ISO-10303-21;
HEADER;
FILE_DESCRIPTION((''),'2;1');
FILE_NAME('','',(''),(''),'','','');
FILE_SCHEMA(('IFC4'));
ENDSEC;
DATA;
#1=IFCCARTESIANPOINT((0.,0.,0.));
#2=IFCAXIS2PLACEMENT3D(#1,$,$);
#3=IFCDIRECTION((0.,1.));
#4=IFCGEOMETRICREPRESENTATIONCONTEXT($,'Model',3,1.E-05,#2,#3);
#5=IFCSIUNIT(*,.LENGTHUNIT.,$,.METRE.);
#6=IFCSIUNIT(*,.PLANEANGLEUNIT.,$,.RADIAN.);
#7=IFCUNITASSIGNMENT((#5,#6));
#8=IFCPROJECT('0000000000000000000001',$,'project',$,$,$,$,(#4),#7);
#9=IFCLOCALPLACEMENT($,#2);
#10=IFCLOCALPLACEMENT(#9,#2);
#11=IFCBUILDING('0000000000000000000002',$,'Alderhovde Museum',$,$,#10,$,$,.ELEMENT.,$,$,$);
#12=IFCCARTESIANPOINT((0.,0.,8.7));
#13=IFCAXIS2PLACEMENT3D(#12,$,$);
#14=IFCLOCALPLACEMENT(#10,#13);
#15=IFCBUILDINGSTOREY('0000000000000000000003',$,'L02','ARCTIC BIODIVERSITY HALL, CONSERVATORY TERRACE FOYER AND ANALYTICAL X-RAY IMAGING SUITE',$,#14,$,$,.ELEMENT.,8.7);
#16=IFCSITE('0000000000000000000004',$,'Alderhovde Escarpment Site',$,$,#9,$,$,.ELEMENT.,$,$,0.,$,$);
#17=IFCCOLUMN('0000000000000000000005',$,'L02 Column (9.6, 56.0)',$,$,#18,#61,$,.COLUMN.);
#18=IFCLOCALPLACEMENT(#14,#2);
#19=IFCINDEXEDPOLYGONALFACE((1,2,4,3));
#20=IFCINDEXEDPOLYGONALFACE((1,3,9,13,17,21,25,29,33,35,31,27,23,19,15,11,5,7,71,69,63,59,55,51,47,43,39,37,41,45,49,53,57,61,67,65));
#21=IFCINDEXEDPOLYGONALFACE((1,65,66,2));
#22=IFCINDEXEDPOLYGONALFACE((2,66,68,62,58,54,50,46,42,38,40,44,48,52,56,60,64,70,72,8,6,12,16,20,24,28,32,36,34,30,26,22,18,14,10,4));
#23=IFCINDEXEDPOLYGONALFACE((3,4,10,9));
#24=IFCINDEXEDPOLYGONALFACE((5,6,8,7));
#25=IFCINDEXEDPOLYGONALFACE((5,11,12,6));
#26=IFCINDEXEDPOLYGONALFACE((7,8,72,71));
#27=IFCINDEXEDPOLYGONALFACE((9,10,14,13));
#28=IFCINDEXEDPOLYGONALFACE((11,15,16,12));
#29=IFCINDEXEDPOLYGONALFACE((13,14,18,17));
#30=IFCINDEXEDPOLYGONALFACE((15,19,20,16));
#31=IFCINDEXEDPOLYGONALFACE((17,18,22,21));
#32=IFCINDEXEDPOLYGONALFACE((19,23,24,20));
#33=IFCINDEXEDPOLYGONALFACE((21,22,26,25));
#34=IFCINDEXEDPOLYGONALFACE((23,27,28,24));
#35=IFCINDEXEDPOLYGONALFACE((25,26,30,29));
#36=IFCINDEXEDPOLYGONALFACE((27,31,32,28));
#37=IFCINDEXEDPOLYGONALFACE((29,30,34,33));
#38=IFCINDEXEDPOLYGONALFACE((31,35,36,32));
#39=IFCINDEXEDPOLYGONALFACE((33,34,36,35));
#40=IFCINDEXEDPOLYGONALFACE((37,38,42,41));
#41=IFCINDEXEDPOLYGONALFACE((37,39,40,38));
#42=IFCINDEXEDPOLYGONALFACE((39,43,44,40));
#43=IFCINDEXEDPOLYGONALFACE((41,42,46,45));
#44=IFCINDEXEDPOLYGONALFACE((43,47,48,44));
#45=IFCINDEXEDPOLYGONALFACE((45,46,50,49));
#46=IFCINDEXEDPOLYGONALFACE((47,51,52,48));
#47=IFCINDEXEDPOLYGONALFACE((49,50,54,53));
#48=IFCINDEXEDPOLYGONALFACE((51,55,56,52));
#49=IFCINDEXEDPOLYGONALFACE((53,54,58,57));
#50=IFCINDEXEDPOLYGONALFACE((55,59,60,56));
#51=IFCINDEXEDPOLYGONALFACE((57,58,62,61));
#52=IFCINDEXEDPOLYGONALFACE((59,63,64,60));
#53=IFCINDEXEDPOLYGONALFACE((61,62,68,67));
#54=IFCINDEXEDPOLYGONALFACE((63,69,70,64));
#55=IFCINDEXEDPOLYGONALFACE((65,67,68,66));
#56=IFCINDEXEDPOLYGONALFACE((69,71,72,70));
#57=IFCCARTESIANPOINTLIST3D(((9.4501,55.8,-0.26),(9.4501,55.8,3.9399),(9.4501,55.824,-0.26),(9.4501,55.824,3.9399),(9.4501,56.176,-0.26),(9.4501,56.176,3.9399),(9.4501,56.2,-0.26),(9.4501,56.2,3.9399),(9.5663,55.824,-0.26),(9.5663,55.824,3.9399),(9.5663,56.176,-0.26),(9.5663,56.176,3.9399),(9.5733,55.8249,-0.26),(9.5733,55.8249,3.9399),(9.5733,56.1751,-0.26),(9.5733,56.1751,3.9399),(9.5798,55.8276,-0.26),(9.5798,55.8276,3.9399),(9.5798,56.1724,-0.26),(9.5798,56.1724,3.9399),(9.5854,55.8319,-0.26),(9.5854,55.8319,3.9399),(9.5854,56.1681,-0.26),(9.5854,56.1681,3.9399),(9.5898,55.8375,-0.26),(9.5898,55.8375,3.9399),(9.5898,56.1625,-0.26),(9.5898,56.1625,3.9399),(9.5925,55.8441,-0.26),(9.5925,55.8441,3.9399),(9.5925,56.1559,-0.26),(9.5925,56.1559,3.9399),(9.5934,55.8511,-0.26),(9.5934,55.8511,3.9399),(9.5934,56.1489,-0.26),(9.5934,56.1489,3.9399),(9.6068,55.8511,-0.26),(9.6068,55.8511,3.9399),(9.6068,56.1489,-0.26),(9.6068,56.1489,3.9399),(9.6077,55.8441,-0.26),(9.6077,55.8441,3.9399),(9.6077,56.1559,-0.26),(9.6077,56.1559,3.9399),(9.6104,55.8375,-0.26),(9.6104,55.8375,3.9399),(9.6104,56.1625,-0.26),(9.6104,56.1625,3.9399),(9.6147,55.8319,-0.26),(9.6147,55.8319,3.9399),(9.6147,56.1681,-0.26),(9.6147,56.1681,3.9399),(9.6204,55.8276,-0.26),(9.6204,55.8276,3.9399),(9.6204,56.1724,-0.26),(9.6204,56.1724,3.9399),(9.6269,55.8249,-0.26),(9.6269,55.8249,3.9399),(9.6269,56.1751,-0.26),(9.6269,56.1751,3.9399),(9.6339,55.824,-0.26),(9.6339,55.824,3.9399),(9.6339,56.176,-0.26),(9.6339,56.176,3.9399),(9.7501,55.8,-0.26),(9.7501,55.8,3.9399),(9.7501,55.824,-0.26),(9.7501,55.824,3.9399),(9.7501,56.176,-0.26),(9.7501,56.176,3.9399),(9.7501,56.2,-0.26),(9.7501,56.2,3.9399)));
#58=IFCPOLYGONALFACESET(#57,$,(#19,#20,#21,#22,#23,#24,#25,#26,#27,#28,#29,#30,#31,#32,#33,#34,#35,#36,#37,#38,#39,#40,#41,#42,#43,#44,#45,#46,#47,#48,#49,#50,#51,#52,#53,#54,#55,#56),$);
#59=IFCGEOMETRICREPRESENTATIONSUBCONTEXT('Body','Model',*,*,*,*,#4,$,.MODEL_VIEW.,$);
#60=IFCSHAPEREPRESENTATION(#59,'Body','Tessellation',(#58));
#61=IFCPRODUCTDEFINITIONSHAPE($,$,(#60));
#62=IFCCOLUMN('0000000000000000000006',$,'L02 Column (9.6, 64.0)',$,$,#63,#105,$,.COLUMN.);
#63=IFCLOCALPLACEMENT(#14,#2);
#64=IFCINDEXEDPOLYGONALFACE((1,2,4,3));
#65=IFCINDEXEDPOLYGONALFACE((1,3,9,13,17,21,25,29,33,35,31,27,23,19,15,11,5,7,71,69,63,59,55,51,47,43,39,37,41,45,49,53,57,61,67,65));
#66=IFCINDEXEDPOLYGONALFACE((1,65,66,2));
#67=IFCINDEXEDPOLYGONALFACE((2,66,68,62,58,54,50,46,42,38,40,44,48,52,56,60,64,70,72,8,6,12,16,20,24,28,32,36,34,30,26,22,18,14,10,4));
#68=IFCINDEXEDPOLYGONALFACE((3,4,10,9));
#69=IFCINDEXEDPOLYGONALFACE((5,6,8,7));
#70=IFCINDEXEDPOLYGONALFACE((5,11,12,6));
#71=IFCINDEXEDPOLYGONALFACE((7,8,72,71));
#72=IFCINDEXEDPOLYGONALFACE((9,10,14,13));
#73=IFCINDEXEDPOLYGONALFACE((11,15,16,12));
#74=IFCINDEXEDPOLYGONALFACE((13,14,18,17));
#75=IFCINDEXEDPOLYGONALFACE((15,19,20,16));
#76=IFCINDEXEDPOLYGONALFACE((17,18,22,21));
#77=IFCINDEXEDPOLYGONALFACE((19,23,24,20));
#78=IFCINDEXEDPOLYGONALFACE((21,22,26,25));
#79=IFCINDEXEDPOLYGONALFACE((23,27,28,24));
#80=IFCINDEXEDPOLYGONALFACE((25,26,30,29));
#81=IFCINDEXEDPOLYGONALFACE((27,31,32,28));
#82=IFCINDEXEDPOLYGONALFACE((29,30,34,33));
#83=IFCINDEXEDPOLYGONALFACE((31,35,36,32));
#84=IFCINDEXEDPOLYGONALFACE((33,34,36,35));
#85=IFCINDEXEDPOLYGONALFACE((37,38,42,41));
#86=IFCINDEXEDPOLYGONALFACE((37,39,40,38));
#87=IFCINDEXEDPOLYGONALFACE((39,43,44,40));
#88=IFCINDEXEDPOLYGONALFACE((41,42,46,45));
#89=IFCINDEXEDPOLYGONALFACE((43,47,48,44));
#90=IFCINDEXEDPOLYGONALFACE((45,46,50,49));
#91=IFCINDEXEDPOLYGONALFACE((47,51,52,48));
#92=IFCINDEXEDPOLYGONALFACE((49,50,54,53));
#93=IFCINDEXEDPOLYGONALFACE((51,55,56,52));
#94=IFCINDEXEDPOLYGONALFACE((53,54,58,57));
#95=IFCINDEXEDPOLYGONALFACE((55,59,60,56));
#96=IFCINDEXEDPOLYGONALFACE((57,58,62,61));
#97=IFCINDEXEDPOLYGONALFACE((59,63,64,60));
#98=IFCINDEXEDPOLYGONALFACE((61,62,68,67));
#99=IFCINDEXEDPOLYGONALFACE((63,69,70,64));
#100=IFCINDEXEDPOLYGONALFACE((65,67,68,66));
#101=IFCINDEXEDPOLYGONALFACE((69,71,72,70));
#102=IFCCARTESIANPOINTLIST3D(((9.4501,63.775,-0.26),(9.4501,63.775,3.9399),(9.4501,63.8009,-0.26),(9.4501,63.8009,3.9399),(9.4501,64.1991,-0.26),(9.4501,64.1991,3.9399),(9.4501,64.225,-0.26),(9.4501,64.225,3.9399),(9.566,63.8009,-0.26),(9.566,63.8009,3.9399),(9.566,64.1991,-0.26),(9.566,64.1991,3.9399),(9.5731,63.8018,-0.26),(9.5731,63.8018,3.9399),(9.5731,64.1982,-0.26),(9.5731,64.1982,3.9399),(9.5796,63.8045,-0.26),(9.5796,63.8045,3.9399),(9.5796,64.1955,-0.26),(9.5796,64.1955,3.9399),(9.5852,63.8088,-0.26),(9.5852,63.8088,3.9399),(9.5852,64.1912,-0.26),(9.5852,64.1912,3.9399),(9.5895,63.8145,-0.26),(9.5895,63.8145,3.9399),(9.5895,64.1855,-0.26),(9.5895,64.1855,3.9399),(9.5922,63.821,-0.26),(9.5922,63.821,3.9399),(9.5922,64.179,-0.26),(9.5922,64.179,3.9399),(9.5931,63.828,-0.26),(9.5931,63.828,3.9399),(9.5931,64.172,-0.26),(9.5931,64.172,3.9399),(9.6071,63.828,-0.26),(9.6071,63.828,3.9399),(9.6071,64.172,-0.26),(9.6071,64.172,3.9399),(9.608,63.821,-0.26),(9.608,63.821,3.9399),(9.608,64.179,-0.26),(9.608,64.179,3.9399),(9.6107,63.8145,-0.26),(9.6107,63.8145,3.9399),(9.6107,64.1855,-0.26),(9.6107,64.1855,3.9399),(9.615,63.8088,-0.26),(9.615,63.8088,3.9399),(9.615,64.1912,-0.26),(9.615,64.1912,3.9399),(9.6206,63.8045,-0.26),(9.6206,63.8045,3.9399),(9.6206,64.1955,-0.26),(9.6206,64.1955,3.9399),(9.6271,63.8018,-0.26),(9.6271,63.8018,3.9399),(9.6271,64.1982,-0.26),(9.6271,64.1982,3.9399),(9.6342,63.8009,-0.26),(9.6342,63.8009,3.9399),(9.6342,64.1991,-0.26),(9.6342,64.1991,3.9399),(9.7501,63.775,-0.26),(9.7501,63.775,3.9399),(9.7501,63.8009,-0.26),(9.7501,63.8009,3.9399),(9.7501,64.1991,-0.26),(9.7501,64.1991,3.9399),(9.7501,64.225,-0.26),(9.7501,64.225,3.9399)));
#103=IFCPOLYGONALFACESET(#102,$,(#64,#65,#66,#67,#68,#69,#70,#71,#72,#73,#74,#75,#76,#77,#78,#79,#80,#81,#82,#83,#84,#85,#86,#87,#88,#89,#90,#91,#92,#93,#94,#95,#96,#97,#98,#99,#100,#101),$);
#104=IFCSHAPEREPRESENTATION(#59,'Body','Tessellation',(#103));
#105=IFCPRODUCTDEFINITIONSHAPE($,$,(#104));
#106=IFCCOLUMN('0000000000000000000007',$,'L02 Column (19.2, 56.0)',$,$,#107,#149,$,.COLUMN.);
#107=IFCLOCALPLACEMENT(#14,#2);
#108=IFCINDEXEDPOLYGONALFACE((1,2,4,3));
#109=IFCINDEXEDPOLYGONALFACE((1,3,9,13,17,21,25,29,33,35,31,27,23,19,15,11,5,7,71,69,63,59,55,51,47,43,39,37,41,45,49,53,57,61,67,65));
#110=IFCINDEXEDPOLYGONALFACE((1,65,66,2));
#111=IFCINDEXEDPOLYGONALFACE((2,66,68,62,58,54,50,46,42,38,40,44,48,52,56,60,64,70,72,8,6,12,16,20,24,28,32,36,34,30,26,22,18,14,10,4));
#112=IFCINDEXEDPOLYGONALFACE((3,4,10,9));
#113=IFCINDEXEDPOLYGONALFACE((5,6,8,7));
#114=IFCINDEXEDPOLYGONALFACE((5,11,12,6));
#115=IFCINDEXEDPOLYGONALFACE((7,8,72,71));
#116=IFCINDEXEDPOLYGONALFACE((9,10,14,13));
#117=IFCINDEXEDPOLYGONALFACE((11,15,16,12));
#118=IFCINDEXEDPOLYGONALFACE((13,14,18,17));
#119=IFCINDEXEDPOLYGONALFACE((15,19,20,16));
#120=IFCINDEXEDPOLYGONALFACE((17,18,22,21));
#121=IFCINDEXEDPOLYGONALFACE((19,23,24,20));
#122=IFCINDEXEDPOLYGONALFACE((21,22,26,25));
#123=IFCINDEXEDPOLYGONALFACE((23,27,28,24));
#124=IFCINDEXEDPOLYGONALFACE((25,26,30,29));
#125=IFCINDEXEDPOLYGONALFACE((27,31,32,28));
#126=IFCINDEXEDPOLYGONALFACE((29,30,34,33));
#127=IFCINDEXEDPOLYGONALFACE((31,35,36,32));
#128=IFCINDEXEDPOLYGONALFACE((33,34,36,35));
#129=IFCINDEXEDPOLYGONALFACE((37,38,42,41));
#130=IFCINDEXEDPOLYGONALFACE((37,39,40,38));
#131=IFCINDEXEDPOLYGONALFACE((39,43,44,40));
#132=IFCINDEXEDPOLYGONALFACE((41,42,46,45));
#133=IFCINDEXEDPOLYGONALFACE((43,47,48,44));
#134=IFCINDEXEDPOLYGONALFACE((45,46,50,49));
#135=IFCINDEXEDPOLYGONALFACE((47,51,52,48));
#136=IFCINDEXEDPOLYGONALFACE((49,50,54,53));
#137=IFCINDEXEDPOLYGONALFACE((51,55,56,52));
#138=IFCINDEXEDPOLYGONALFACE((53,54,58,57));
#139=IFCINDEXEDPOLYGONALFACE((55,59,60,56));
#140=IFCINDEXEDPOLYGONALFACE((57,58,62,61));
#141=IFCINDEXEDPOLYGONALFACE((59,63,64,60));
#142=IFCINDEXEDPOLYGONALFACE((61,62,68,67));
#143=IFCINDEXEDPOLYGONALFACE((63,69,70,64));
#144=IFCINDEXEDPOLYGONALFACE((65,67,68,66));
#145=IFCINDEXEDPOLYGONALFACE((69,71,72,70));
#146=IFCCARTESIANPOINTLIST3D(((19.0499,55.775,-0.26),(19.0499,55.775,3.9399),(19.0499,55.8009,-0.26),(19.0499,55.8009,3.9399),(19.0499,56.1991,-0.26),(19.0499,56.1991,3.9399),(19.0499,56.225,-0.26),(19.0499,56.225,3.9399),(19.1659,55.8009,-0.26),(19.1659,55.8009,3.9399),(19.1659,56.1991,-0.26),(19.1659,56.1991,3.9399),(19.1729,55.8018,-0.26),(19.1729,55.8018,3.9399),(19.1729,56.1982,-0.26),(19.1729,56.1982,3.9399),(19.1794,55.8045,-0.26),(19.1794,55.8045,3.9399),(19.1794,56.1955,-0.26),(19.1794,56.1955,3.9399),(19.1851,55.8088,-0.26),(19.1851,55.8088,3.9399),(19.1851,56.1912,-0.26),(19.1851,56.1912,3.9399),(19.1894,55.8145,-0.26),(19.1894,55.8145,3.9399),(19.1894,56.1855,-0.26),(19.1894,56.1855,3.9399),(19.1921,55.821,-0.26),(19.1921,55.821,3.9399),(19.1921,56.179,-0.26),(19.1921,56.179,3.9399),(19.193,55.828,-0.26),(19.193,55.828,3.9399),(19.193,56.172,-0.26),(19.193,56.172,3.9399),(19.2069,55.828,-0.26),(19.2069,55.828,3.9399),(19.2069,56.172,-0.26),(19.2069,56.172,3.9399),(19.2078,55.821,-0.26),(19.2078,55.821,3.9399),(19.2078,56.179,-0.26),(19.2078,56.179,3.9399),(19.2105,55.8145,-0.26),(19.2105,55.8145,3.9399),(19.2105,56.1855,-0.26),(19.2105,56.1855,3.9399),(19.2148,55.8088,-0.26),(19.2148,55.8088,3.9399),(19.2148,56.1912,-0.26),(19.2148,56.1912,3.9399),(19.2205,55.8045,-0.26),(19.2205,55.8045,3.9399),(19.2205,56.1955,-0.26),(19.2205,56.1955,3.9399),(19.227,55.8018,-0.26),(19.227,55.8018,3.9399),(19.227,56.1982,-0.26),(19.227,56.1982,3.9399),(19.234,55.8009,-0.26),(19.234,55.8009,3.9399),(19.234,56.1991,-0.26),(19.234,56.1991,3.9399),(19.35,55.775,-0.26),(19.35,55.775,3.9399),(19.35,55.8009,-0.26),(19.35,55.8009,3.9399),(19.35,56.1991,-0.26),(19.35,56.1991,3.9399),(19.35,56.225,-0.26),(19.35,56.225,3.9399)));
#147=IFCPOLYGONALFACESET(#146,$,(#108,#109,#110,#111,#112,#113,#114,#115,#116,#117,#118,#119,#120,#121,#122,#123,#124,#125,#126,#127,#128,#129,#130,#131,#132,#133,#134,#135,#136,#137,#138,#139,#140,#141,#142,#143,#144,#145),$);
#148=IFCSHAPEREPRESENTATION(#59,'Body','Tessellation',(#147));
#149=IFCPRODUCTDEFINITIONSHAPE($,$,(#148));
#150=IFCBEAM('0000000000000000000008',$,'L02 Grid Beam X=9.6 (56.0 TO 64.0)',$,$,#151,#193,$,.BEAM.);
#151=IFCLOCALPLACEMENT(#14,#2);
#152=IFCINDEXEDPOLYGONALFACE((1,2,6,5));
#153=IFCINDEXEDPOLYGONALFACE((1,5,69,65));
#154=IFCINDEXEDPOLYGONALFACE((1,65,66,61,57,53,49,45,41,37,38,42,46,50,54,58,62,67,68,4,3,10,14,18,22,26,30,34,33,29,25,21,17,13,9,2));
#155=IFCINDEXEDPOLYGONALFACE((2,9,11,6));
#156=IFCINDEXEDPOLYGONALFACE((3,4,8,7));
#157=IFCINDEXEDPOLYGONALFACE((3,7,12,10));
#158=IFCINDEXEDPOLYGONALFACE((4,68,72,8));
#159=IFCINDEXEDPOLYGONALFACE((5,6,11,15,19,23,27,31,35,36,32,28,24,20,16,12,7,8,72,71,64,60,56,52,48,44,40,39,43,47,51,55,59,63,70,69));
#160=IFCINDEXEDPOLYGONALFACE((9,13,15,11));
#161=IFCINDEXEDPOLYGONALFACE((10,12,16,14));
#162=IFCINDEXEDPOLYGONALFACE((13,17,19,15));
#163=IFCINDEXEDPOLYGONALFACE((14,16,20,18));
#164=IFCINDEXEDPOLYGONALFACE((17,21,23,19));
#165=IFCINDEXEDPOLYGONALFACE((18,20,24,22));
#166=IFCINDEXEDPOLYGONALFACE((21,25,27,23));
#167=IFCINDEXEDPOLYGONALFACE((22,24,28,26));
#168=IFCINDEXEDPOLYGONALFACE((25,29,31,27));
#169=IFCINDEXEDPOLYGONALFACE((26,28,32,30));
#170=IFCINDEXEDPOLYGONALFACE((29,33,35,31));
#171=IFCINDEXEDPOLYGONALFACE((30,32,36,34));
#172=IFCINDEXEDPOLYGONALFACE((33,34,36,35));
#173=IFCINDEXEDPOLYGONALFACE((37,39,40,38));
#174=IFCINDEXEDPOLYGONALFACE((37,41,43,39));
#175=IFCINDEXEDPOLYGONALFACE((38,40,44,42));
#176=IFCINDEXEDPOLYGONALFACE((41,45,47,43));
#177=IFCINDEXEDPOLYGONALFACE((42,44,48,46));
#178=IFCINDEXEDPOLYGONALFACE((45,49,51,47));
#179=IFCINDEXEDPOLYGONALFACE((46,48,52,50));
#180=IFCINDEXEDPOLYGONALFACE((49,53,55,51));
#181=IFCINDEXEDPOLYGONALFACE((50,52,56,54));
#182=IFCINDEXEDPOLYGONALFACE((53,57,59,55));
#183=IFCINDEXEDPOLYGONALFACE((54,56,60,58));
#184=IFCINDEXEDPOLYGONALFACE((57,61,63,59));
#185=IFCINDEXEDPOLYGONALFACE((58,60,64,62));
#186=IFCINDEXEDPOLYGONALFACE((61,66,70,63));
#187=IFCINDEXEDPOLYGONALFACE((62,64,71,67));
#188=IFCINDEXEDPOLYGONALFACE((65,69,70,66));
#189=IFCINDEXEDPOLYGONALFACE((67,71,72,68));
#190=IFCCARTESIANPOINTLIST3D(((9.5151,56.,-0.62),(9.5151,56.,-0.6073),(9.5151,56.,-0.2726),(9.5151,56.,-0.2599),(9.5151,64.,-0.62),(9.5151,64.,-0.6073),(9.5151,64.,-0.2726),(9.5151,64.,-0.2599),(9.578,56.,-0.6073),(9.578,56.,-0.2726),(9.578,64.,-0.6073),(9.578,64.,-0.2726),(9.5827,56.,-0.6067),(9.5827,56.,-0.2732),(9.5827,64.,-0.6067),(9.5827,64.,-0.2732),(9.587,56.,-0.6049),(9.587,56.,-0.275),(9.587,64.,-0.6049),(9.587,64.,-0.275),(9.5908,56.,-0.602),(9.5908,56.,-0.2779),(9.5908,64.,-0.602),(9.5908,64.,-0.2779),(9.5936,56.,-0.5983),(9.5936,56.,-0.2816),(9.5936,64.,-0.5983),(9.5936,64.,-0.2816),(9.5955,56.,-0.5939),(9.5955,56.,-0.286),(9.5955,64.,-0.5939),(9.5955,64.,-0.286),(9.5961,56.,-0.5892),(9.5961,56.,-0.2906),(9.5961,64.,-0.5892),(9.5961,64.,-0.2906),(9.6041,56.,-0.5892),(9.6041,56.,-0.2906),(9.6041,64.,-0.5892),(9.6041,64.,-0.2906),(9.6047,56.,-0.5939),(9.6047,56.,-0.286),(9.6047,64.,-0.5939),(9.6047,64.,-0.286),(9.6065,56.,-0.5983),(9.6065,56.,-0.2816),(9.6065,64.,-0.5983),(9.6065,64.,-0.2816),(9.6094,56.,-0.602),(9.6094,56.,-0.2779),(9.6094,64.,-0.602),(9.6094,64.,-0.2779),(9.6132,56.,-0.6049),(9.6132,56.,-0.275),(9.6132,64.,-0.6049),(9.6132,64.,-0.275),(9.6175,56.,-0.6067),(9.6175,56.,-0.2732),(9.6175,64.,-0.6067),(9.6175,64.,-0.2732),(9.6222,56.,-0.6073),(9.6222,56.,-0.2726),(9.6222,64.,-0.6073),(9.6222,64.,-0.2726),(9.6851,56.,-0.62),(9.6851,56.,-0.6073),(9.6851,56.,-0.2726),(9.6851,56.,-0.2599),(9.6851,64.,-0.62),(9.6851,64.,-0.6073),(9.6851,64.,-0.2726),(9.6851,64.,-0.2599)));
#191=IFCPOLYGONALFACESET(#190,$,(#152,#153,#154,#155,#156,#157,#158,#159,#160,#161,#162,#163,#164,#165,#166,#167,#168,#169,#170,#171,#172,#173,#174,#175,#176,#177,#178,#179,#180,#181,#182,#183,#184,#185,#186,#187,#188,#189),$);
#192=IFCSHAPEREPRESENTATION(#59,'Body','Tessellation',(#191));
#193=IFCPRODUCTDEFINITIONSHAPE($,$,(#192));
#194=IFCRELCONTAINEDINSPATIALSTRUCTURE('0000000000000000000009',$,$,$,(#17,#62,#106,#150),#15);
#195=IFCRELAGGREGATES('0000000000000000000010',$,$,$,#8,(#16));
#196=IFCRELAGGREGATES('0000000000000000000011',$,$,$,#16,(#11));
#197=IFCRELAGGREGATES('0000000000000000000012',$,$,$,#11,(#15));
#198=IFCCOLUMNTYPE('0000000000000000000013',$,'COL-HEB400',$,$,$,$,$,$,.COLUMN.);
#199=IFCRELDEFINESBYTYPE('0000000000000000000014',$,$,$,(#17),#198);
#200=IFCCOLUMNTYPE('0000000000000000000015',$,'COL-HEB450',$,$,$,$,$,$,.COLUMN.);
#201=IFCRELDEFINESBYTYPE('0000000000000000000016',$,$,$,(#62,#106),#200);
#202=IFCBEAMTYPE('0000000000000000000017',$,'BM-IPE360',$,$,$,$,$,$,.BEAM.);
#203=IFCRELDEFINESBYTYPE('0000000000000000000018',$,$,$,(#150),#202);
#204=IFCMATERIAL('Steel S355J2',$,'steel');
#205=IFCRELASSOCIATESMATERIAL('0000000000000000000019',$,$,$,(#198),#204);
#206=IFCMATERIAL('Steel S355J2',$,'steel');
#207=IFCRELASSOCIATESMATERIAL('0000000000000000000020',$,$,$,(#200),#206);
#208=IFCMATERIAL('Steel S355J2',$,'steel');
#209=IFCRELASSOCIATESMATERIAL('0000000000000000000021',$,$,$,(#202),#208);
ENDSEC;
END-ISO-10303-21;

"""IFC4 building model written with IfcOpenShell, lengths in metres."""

from ifc_helpers import new_model, si_unit, direction, frame, origin, origin_2d, place, context, subcontext, project, spatial, i_section, extrude, material, material_profile, profile_set, type_object, element, save


model = new_model("IFC4")

# Units and contexts
model_context = context("Model", 3, precision=1e-05, world=origin(), true_north=direction((0.0, 1.0)))
body_context = subcontext(model_context, "Body", "Model", "MODEL_VIEW")
ifc_project = project(units=[si_unit("LENGTHUNIT", "METRE"), si_unit("PLANEANGLEUNIT", "RADIAN")], contexts=[model_context])

# Site, building, storey
site_placement = place(None, origin())
site = spatial("IfcSite", under=ifc_project, at=site_placement, Name="Alderhovde Escarpment Site", CompositionType="ELEMENT", RefElevation=0.0)
building_placement = place(site_placement, origin())
building = spatial("IfcBuilding", under=site, at=building_placement, Name="Alderhovde Museum", CompositionType="ELEMENT")
storey_placement = place(building_placement, frame((0.0, 0.0, 8.7)))
storey = spatial("IfcBuildingStorey", under=building, at=storey_placement, Name="L02", Description="ARCTIC BIODIVERSITY HALL, CONSERVATORY TERRACE FOYER AND ANALYTICAL X-RAY IMAGING SUITE", CompositionType="ELEMENT", Elevation=8.7)

# Columns
ifc_material_1 = material(Name="Steel S355J2", Category="steel")
ifc_material_profile_1 = material_profile(ifc_material_1, i_section(OverallWidth=0.3, OverallDepth=0.3999, WebThickness=0.0134, FlangeThickness=0.0239, FilletRadius=0.0271, at=origin_2d()), Name="HEB 400")
ifc_profile_set_1 = profile_set([ifc_material_profile_1], Name="Steel S355J2")
column_type_1 = type_object("IfcColumnType", Name="COL-HEB400", PredefinedType="COLUMN", material=ifc_profile_set_1)
column_placement = place(storey_placement, frame((9.6001, 56.0, -0.26), z_axis=(0.0, 0.0, 1.0), x_axis=(1.0, 0.0, 0.0)))
element("IfcColumn", 1, at=column_placement, inside=storey, type_object=column_type_1, Name="L02 Column (9.6, 56.0)", PredefinedType="COLUMN", context=body_context, shape_type="SweptSolid", body=[
    extrude(i_section(OverallWidth=0.3, OverallDepth=0.3999, WebThickness=0.0134, FlangeThickness=0.0239, FilletRadius=0.0271, at=origin_2d()), origin(), (0.0, 0.0, 1.0), 4.2),
])
ifc_material_2 = material(Name="Steel S355J2", Category="steel")
ifc_material_profile_2 = material_profile(ifc_material_2, i_section(OverallWidth=0.3, OverallDepth=0.45, WebThickness=0.0139, FlangeThickness=0.0259, FilletRadius=0.0271, at=origin_2d()), Name="HEB 450")
ifc_profile_set_2 = profile_set([ifc_material_profile_2], Name="Steel S355J2")
column_type_2 = type_object("IfcColumnType", Name="COL-HEB450", PredefinedType="COLUMN", material=ifc_profile_set_2)
for number, where, z_axis, x_axis, name in (
    (2, (9.6001, 64.0, -0.26), (0.0, 0.0, 1.0), (1.0, 0.0, 0.0), "L02 Column (9.6, 64.0)"),
    (3, (19.2, 56.0, -0.26), (0.0, 0.0, 1.0), (1.0, 0.0, 0.0), "L02 Column (19.2, 56.0)"),
):
    element("IfcColumn", number, at=place(storey_placement, frame(where, z_axis=z_axis, x_axis=x_axis)), inside=storey, type_object=column_type_2, Name=name, PredefinedType="COLUMN", context=body_context, shape_type="SweptSolid", body=[
        extrude(i_section(OverallWidth=0.3, OverallDepth=0.45, WebThickness=0.0139, FlangeThickness=0.0259, FilletRadius=0.0271, at=origin_2d()), origin(), (0.0, 0.0, 1.0), 4.2),
    ])

# Beam
ifc_material_3 = material(Name="Steel S355J2", Category="steel")
ifc_material_profile_3 = material_profile(ifc_material_3, i_section(OverallWidth=0.1699, OverallDepth=0.3601, WebThickness=0.0081, FlangeThickness=0.0127, FilletRadius=0.0181, at=origin_2d()), Name="IPE 360")
ifc_profile_set_3 = profile_set([ifc_material_profile_3], Name="Steel S355J2")
beam_type_1 = type_object("IfcBeamType", Name="BM-IPE360", PredefinedType="BEAM", material=ifc_profile_set_3)
for number, where, z_axis, x_axis, name in (
    (4, (9.6001, 56.0, -0.4399), (0.0, 1.0, 0.0), (-1.0, 0.0, 0.0), "L02 Grid Beam X=9.6 (56.0 TO 64.0)"),
):
    element("IfcBeam", number, at=place(storey_placement, frame(where, z_axis=z_axis, x_axis=x_axis)), inside=storey, type_object=beam_type_1, Name=name, PredefinedType="BEAM", context=body_context, shape_type="SweptSolid", body=[
        extrude(i_section(OverallWidth=0.1699, OverallDepth=0.3601, WebThickness=0.0081, FlangeThickness=0.0127, FilletRadius=0.0181, at=origin_2d()), origin(), (0.0, 0.0, 1.0), 8.0),
    ])

save(model, "model.ifc")
